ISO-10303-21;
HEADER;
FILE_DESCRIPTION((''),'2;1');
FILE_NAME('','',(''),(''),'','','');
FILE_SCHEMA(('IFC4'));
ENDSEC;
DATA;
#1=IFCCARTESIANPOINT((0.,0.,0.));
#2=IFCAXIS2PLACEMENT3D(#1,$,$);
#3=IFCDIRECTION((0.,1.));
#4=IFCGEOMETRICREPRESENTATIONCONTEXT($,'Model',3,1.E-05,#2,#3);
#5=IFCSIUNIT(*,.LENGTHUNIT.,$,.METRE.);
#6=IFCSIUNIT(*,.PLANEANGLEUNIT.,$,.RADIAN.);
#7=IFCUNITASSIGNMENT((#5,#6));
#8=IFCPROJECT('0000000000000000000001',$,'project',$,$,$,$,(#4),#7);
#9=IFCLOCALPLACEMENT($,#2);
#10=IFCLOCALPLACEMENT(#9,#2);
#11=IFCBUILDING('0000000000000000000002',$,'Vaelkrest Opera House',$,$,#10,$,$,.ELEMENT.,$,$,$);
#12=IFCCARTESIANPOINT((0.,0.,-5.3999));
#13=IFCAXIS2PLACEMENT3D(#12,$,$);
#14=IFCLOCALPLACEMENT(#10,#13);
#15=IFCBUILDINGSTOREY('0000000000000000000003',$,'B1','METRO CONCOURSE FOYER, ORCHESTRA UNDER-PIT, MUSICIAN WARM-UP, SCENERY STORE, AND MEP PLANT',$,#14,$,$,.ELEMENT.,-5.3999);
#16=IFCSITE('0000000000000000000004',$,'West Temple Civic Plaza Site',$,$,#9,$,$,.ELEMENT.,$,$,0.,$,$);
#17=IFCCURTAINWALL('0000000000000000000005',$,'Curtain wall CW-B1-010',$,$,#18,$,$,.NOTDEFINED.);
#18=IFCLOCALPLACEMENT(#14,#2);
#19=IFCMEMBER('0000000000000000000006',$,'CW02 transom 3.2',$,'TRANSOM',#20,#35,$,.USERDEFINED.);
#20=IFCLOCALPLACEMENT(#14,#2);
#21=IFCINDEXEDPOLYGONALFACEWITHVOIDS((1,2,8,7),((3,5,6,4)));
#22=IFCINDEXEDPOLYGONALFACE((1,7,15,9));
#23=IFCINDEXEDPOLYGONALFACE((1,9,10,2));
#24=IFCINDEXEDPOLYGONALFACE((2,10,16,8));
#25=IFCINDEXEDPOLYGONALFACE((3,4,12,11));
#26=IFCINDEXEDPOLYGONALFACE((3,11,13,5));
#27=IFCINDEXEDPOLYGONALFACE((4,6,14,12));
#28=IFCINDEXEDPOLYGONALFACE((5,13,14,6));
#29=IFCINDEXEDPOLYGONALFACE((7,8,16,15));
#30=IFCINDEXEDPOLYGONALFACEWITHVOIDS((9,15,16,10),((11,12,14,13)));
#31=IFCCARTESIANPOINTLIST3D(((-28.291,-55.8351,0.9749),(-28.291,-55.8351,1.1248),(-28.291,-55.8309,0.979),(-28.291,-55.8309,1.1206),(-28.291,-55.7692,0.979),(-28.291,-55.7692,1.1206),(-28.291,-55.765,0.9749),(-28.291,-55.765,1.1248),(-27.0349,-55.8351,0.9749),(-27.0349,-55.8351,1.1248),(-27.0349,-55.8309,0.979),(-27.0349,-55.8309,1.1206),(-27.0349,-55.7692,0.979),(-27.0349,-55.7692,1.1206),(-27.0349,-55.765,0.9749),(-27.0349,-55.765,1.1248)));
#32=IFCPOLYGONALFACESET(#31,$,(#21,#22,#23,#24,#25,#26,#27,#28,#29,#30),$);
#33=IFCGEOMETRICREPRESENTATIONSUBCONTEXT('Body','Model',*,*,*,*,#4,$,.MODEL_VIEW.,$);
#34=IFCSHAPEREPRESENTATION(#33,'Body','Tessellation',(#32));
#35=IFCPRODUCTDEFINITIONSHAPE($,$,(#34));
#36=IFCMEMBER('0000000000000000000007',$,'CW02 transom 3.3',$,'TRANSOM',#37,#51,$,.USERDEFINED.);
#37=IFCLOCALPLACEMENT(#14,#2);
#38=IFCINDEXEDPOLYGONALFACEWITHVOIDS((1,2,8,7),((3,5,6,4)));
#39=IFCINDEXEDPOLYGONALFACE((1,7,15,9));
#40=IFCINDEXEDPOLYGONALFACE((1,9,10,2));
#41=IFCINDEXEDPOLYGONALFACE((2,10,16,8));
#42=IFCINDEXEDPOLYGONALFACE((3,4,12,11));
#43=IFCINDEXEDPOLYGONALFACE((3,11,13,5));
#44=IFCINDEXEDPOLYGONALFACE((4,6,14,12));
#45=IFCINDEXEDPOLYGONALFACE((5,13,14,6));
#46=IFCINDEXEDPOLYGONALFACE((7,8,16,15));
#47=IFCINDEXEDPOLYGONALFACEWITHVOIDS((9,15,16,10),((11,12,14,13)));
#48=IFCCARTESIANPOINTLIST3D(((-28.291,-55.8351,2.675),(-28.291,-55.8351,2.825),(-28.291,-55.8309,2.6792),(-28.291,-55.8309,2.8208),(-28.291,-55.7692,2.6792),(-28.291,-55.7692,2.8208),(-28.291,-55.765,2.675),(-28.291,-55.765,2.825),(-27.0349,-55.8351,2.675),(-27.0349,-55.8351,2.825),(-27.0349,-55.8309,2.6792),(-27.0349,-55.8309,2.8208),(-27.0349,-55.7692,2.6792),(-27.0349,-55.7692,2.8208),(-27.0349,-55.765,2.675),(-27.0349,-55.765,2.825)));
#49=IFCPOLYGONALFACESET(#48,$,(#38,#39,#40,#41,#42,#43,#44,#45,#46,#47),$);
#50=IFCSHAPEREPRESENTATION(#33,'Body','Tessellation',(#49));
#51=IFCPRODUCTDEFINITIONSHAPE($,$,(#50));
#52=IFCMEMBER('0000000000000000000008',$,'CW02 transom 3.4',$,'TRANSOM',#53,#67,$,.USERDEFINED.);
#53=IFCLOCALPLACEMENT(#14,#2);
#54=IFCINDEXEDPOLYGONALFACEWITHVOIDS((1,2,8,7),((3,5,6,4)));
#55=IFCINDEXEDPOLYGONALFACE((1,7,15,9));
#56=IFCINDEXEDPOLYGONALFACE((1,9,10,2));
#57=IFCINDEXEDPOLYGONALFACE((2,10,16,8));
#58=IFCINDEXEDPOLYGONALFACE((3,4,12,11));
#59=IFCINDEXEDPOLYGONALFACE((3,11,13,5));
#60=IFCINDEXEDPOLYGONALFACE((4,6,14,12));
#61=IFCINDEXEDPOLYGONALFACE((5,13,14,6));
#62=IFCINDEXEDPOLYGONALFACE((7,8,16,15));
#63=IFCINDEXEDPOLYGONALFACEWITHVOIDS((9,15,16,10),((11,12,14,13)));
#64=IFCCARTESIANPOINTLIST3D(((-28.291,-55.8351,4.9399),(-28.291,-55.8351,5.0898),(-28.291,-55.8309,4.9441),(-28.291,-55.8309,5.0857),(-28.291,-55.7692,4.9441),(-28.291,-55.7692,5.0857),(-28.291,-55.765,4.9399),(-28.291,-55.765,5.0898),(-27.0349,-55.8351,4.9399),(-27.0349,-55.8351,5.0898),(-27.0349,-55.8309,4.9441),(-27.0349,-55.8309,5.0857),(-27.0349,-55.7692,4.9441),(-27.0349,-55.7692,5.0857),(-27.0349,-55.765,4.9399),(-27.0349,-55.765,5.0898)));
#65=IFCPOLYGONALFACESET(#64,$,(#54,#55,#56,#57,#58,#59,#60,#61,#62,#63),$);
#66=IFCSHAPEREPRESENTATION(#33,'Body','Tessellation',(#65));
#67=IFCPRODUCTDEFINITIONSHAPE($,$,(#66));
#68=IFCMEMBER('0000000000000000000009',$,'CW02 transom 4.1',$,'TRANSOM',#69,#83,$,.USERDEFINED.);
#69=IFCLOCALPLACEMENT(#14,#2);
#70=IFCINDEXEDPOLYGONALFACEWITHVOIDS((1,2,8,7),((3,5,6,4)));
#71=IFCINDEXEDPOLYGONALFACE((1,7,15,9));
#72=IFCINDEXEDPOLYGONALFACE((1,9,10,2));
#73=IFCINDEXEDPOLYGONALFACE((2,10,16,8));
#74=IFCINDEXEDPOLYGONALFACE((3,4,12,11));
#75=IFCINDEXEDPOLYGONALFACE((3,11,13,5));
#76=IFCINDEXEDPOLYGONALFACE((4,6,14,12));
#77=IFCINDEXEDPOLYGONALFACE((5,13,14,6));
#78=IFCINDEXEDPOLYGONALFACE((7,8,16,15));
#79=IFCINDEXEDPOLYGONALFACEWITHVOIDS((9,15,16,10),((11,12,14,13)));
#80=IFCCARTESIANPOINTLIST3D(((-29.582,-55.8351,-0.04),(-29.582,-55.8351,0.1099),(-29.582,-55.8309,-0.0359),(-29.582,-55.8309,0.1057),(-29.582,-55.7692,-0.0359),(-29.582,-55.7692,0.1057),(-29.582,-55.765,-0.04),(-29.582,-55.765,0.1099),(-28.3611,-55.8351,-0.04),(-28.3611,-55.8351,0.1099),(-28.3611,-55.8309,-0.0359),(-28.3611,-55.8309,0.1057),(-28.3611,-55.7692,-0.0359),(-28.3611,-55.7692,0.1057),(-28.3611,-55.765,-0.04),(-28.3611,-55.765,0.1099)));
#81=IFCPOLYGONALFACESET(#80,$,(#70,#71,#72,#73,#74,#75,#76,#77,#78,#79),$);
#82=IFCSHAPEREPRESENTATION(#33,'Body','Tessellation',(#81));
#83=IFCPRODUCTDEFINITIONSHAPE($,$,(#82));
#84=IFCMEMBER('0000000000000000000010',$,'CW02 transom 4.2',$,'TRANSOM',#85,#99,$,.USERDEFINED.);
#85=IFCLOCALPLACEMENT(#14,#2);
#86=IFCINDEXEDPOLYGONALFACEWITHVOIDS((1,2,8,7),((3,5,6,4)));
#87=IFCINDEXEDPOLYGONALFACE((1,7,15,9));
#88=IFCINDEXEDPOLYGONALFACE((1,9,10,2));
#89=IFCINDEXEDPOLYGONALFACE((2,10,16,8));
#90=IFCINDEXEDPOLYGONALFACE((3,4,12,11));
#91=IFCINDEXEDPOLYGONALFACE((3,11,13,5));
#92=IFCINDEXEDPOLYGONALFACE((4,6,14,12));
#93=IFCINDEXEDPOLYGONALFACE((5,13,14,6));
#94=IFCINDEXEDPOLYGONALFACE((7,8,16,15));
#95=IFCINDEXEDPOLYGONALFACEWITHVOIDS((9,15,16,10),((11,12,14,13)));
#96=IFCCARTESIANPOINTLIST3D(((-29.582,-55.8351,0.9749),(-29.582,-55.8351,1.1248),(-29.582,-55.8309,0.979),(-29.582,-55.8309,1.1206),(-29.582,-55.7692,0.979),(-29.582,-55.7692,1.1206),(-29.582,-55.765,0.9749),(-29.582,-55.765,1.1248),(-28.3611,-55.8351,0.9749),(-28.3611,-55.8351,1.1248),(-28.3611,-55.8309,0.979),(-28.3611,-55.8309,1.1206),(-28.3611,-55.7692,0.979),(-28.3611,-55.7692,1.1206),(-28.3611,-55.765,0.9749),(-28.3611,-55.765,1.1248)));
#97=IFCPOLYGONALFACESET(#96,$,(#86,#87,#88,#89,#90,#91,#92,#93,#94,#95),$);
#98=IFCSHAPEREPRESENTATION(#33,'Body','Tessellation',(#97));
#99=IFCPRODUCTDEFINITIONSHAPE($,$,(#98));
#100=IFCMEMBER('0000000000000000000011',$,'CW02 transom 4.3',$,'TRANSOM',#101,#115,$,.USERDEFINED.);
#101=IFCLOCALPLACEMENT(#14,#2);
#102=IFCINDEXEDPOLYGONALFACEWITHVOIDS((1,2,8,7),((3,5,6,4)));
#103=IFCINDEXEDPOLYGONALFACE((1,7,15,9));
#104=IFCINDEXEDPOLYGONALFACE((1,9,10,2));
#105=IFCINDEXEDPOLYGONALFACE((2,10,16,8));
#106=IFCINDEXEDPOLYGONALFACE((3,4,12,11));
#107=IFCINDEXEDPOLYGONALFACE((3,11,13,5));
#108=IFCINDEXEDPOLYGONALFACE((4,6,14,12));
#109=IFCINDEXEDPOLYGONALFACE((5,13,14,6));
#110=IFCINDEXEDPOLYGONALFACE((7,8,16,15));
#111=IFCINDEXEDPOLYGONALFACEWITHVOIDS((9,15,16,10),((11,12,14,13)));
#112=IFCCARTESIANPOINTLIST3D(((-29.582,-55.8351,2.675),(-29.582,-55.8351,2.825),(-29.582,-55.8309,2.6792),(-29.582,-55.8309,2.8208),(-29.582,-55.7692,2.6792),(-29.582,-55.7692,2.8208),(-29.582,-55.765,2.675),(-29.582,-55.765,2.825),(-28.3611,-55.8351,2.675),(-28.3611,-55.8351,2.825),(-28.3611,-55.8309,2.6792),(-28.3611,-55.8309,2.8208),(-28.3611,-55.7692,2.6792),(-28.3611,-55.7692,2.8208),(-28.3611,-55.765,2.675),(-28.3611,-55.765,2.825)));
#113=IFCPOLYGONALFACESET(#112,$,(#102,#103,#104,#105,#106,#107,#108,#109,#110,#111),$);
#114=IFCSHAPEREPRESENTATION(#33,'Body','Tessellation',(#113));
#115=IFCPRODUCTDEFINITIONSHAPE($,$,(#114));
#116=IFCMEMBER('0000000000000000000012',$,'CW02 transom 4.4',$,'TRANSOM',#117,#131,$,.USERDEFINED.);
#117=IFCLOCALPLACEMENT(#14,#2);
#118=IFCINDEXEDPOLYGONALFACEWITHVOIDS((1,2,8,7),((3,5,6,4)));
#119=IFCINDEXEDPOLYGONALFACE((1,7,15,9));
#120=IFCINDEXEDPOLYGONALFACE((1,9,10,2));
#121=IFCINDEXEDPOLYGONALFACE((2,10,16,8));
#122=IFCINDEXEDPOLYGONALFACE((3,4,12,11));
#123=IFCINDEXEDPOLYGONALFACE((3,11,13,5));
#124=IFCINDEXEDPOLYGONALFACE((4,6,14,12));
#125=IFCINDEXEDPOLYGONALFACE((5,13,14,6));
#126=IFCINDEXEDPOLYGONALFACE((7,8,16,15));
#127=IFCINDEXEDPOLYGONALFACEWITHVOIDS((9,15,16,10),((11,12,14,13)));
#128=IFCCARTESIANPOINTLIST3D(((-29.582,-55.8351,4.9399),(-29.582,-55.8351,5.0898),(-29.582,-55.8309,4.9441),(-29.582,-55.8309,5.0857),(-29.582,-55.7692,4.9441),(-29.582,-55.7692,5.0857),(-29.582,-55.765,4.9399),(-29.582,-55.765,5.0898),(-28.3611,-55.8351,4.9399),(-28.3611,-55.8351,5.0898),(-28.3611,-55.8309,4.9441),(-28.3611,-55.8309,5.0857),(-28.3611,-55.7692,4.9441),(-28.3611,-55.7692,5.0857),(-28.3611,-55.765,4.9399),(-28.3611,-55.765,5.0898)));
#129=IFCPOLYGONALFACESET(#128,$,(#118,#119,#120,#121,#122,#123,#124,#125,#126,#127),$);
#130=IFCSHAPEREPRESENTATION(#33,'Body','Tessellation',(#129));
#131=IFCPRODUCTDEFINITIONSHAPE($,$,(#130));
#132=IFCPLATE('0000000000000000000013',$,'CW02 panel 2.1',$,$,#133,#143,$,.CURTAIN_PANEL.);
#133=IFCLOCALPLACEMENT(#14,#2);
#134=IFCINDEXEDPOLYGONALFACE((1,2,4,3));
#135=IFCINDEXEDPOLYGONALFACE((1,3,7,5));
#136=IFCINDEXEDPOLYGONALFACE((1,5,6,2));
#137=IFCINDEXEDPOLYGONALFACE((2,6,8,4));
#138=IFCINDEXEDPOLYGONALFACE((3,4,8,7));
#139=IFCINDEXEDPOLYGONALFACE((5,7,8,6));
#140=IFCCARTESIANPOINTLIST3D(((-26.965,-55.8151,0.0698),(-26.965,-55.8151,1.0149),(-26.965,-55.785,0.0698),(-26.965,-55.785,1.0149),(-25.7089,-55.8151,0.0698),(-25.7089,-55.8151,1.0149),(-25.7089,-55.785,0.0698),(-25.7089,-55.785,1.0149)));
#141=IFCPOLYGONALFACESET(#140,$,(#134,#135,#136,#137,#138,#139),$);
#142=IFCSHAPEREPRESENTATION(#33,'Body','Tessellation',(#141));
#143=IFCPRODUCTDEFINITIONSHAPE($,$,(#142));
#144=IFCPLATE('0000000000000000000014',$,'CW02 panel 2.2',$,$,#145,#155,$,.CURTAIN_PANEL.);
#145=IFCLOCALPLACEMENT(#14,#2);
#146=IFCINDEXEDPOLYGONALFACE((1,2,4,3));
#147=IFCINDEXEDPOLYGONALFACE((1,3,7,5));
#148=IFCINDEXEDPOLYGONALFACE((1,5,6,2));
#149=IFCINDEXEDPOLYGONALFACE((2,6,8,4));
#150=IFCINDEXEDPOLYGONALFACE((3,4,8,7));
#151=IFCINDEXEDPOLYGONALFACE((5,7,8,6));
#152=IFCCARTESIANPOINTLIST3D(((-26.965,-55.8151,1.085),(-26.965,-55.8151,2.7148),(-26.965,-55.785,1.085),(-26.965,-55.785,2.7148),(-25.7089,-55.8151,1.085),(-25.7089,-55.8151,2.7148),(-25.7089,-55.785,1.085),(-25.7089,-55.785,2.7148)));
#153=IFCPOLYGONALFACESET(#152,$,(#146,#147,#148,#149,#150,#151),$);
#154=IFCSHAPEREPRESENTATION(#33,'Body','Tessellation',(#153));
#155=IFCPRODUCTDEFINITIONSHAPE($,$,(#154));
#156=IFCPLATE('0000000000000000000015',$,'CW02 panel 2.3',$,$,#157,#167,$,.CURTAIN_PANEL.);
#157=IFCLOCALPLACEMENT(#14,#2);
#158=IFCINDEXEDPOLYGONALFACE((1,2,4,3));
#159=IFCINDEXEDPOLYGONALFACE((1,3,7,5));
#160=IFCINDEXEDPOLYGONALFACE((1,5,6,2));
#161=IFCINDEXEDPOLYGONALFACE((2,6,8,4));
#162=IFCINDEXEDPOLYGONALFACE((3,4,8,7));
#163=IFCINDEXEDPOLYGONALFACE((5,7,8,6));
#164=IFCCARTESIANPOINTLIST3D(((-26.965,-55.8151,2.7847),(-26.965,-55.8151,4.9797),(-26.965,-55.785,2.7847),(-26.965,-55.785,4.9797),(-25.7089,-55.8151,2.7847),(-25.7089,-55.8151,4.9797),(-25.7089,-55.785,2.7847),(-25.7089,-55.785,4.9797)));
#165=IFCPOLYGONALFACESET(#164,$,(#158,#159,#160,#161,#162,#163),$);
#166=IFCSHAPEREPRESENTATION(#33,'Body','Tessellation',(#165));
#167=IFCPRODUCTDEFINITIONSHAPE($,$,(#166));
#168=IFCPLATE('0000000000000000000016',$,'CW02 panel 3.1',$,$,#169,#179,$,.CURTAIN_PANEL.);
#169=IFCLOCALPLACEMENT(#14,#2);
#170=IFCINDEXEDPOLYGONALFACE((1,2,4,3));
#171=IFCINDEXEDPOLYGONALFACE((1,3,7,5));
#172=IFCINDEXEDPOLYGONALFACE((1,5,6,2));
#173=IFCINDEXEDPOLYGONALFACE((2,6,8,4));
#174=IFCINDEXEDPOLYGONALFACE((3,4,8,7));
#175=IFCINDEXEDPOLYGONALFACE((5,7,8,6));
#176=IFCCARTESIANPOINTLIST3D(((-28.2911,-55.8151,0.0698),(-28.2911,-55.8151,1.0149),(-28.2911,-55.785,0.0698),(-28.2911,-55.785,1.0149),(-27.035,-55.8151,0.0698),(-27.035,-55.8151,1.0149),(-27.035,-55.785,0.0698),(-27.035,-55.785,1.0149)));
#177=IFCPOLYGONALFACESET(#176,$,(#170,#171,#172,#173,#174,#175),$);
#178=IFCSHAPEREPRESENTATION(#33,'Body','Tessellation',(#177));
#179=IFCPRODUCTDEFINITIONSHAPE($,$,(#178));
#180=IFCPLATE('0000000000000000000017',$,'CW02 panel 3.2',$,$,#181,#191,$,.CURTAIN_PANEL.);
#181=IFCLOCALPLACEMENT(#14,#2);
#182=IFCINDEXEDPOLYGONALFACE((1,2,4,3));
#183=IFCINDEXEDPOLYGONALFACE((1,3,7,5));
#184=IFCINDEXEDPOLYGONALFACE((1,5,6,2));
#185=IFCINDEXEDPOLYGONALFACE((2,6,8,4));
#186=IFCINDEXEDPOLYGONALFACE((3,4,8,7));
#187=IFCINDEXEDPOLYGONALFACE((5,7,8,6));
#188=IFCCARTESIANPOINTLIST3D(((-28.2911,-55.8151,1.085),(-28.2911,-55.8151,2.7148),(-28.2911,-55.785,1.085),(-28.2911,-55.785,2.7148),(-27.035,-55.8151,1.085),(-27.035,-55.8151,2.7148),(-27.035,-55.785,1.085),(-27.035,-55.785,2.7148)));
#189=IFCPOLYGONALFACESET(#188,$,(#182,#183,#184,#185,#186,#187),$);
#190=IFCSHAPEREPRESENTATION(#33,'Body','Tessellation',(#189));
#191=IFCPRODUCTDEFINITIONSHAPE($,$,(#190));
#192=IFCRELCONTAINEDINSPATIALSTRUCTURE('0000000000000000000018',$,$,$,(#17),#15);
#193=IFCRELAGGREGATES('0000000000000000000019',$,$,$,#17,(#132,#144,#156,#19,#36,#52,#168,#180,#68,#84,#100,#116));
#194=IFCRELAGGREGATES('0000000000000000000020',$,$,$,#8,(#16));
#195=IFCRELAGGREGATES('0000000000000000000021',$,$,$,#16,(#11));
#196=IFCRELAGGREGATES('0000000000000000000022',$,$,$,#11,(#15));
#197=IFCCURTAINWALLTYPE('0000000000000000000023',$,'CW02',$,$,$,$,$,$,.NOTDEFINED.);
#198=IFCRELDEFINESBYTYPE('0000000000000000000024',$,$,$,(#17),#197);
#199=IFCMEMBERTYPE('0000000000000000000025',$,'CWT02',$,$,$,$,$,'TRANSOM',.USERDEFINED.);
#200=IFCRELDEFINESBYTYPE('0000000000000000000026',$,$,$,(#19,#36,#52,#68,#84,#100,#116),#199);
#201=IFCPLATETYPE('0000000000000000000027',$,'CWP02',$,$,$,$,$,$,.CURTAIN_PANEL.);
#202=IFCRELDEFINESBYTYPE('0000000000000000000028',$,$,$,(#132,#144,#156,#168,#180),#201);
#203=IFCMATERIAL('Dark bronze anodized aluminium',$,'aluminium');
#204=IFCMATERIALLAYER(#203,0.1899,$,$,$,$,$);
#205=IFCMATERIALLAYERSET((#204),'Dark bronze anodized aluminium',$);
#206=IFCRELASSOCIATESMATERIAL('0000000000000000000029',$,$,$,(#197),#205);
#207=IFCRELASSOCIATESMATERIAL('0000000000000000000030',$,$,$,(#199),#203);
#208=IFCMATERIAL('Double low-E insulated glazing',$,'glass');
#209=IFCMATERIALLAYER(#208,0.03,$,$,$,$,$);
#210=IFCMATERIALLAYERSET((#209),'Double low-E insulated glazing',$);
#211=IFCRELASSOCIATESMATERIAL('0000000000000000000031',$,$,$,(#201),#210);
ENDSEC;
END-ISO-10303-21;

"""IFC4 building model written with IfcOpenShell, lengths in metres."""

from ifc_helpers import new_model, si_unit, direction, frame, origin, origin_2d, place, context, subcontext, project, spatial, rectangle, hollow_rectangle, extrude, material, layer, layer_set, material_profile, profile_set, type_object, element, aggregate, save


model = new_model("IFC4")

# Units and contexts
model_context = context("Model", 3, precision=1e-05, world=origin(), true_north=direction((0.0, 1.0)))
body_context = subcontext(model_context, "Body", "Model", "MODEL_VIEW")
ifc_project = project(units=[si_unit("LENGTHUNIT", "METRE"), si_unit("PLANEANGLEUNIT", "RADIAN")], contexts=[model_context])

# Site, building, storey
site_placement = place(None, origin())
site = spatial("IfcSite", under=ifc_project, at=site_placement, Name="West Temple Civic Plaza Site", CompositionType="ELEMENT", RefElevation=0.0)
building_placement = place(site_placement, origin())
building = spatial("IfcBuilding", under=site, at=building_placement, Name="Vaelkrest Opera House", CompositionType="ELEMENT")
storey_placement = place(building_placement, frame((0.0, 0.0, -5.3999)))
storey = spatial("IfcBuildingStorey", under=building, at=storey_placement, Name="B1", Description="METRO CONCOURSE FOYER, ORCHESTRA UNDER-PIT, MUSICIAN WARM-UP, SCENERY STORE, AND MEP PLANT", CompositionType="ELEMENT", Elevation=-5.3999)

# Curtain wall, members, plates
ifc_material_1 = material(Name="Dark bronze anodized aluminium", Category="aluminium")
ifc_layer_1 = layer(ifc_material_1, 0.1899)
ifc_layer_set_1 = layer_set([ifc_layer_1], Name="Dark bronze anodized aluminium")
curtain_wall_type = type_object("IfcCurtainWallType", Name="CW02", PredefinedType="NOTDEFINED", material=ifc_layer_set_1)
curtain_wall_placement = place(storey_placement, origin())
curtain_wall = element("IfcCurtainWall", 1, at=curtain_wall_placement, inside=storey, type_object=curtain_wall_type, Name="Curtain wall CW-B1-010", PredefinedType="NOTDEFINED")
ifc_material_profile_1 = material_profile(ifc_material_1, hollow_rectangle(XDim=0.0701, YDim=0.1499, WallThickness=0.0042, at=origin_2d()), Name="CWT70X150")
ifc_profile_set_1 = profile_set([ifc_material_profile_1], Name="Dark bronze anodized aluminium")
member_type_1 = type_object("IfcMemberType", Name="CWT02", ElementType="TRANSOM", PredefinedType="USERDEFINED", material=ifc_profile_set_1)
member_1_placement = place(storey_placement, frame((-27.0349, -55.8, 1.0498), z_axis=(-1.0, 0.0, 0.0), x_axis=(0.0, -1.0, 0.0)))
member_1 = element("IfcMember", 2, at=member_1_placement, type_object=member_type_1, Name="CW02 transom 3.2", ObjectType="TRANSOM", PredefinedType="USERDEFINED", context=body_context, shape_type="SweptSolid", body=[
    extrude(hollow_rectangle(XDim=0.0701, YDim=0.1499, WallThickness=0.0042, at=origin_2d()), origin(), (0.0, 0.0, 1.0), 1.2561),
])
member_2_placement = place(storey_placement, frame((-27.0349, -55.8, 2.75), z_axis=(-1.0, 0.0, 0.0), x_axis=(0.0, -1.0, 0.0)))
member_2 = element("IfcMember", 3, at=member_2_placement, type_object=member_type_1, Name="CW02 transom 3.3", ObjectType="TRANSOM", PredefinedType="USERDEFINED", context=body_context, shape_type="SweptSolid", body=[
    extrude(hollow_rectangle(XDim=0.0701, YDim=0.1499, WallThickness=0.0042, at=origin_2d()), origin(), (0.0, 0.0, 1.0), 1.2561),
])
member_3_placement = place(storey_placement, frame((-27.0349, -55.8, 5.0149), z_axis=(-1.0, 0.0, 0.0), x_axis=(0.0, -1.0, 0.0)))
member_3 = element("IfcMember", 4, at=member_3_placement, type_object=member_type_1, Name="CW02 transom 3.4", ObjectType="TRANSOM", PredefinedType="USERDEFINED", context=body_context, shape_type="SweptSolid", body=[
    extrude(hollow_rectangle(XDim=0.0701, YDim=0.1499, WallThickness=0.0042, at=origin_2d()), origin(), (0.0, 0.0, 1.0), 1.2561),
])
member_4_placement = place(storey_placement, frame((-28.3611, -55.8, 0.0349), z_axis=(-1.0, 0.0, 0.0), x_axis=(0.0, -1.0, 0.0)))
member_4 = element("IfcMember", 5, at=member_4_placement, type_object=member_type_1, Name="CW02 transom 4.1", ObjectType="TRANSOM", PredefinedType="USERDEFINED", context=body_context, shape_type="SweptSolid", body=[
    extrude(hollow_rectangle(XDim=0.0701, YDim=0.1499, WallThickness=0.0042, at=origin_2d()), origin(), (0.0, 0.0, 1.0), 1.2209),
])
member_5_placement = place(storey_placement, frame((-28.3611, -55.8, 1.0498), z_axis=(-1.0, 0.0, 0.0), x_axis=(0.0, -1.0, 0.0)))
member_5 = element("IfcMember", 6, at=member_5_placement, type_object=member_type_1, Name="CW02 transom 4.2", ObjectType="TRANSOM", PredefinedType="USERDEFINED", context=body_context, shape_type="SweptSolid", body=[
    extrude(hollow_rectangle(XDim=0.0701, YDim=0.1499, WallThickness=0.0042, at=origin_2d()), origin(), (0.0, 0.0, 1.0), 1.2209),
])
member_6_placement = place(storey_placement, frame((-28.3611, -55.8, 2.75), z_axis=(-1.0, 0.0, 0.0), x_axis=(0.0, -1.0, 0.0)))
member_6 = element("IfcMember", 7, at=member_6_placement, type_object=member_type_1, Name="CW02 transom 4.3", ObjectType="TRANSOM", PredefinedType="USERDEFINED", context=body_context, shape_type="SweptSolid", body=[
    extrude(hollow_rectangle(XDim=0.0701, YDim=0.1499, WallThickness=0.0042, at=origin_2d()), origin(), (0.0, 0.0, 1.0), 1.2209),
])
member_7_placement = place(storey_placement, frame((-28.3611, -55.8, 5.0149), z_axis=(-1.0, 0.0, 0.0), x_axis=(0.0, -1.0, 0.0)))
member_7 = element("IfcMember", 8, at=member_7_placement, type_object=member_type_1, Name="CW02 transom 4.4", ObjectType="TRANSOM", PredefinedType="USERDEFINED", context=body_context, shape_type="SweptSolid", body=[
    extrude(hollow_rectangle(XDim=0.0701, YDim=0.1499, WallThickness=0.0042, at=origin_2d()), origin(), (0.0, 0.0, 1.0), 1.2209),
])
ifc_material_2 = material(Name="Double low-E insulated glazing", Category="glass")
ifc_layer_2 = layer(ifc_material_2, 0.03)
ifc_layer_set_2 = layer_set([ifc_layer_2], Name="Double low-E insulated glazing")
plate_type = type_object("IfcPlateType", Name="CWP02", PredefinedType="CURTAIN_PANEL", material=ifc_layer_set_2)
plate_1_placement = place(storey_placement, frame((-26.3369, -55.8, 0.0698), z_axis=(0.0, 0.0, 1.0), x_axis=(-1.0, 0.0, 0.0)))
plate_1 = element("IfcPlate", 9, at=plate_1_placement, type_object=plate_type, Name="CW02 panel 2.1", PredefinedType="CURTAIN_PANEL", context=body_context, shape_type="SweptSolid", body=[
    extrude(rectangle(XDim=1.2561, YDim=0.03, at=origin_2d()), origin(), (0.0, 0.0, 1.0), 0.9451),
])
plate_2_placement = place(storey_placement, frame((-26.3369, -55.8, 1.085), z_axis=(0.0, 0.0, 1.0), x_axis=(-1.0, 0.0, 0.0)))
plate_2 = element("IfcPlate", 10, at=plate_2_placement, type_object=plate_type, Name="CW02 panel 2.2", PredefinedType="CURTAIN_PANEL", context=body_context, shape_type="SweptSolid", body=[
    extrude(rectangle(XDim=1.2561, YDim=0.03, at=origin_2d()), origin(), (0.0, 0.0, 1.0), 1.6299),
])
plate_3_placement = place(storey_placement, frame((-26.3369, -55.8, 2.7847), z_axis=(0.0, 0.0, 1.0), x_axis=(-1.0, 0.0, 0.0)))
plate_3 = element("IfcPlate", 11, at=plate_3_placement, type_object=plate_type, Name="CW02 panel 2.3", PredefinedType="CURTAIN_PANEL", context=body_context, shape_type="SweptSolid", body=[
    extrude(rectangle(XDim=1.2561, YDim=0.03, at=origin_2d()), origin(), (0.0, 0.0, 1.0), 2.1951),
])
plate_4_placement = place(storey_placement, frame((-27.6631, -55.8, 0.0698), z_axis=(0.0, 0.0, 1.0), x_axis=(-1.0, 0.0, 0.0)))
plate_4 = element("IfcPlate", 12, at=plate_4_placement, type_object=plate_type, Name="CW02 panel 3.1", PredefinedType="CURTAIN_PANEL", context=body_context, shape_type="SweptSolid", body=[
    extrude(rectangle(XDim=1.2561, YDim=0.03, at=origin_2d()), origin(), (0.0, 0.0, 1.0), 0.9451),
])
plate_5_placement = place(storey_placement, frame((-27.6631, -55.8, 1.085), z_axis=(0.0, 0.0, 1.0), x_axis=(-1.0, 0.0, 0.0)))
plate_5 = element("IfcPlate", 13, at=plate_5_placement, type_object=plate_type, Name="CW02 panel 3.2", PredefinedType="CURTAIN_PANEL", context=body_context, shape_type="SweptSolid", body=[
    extrude(rectangle(XDim=1.2561, YDim=0.03, at=origin_2d()), origin(), (0.0, 0.0, 1.0), 1.6299),
])
aggregate(curtain_wall, [plate_1, plate_2, plate_3, member_1, member_2, member_3, plate_4, plate_5, member_4, member_5, member_6, member_7])

save(model, "model.ifc")
